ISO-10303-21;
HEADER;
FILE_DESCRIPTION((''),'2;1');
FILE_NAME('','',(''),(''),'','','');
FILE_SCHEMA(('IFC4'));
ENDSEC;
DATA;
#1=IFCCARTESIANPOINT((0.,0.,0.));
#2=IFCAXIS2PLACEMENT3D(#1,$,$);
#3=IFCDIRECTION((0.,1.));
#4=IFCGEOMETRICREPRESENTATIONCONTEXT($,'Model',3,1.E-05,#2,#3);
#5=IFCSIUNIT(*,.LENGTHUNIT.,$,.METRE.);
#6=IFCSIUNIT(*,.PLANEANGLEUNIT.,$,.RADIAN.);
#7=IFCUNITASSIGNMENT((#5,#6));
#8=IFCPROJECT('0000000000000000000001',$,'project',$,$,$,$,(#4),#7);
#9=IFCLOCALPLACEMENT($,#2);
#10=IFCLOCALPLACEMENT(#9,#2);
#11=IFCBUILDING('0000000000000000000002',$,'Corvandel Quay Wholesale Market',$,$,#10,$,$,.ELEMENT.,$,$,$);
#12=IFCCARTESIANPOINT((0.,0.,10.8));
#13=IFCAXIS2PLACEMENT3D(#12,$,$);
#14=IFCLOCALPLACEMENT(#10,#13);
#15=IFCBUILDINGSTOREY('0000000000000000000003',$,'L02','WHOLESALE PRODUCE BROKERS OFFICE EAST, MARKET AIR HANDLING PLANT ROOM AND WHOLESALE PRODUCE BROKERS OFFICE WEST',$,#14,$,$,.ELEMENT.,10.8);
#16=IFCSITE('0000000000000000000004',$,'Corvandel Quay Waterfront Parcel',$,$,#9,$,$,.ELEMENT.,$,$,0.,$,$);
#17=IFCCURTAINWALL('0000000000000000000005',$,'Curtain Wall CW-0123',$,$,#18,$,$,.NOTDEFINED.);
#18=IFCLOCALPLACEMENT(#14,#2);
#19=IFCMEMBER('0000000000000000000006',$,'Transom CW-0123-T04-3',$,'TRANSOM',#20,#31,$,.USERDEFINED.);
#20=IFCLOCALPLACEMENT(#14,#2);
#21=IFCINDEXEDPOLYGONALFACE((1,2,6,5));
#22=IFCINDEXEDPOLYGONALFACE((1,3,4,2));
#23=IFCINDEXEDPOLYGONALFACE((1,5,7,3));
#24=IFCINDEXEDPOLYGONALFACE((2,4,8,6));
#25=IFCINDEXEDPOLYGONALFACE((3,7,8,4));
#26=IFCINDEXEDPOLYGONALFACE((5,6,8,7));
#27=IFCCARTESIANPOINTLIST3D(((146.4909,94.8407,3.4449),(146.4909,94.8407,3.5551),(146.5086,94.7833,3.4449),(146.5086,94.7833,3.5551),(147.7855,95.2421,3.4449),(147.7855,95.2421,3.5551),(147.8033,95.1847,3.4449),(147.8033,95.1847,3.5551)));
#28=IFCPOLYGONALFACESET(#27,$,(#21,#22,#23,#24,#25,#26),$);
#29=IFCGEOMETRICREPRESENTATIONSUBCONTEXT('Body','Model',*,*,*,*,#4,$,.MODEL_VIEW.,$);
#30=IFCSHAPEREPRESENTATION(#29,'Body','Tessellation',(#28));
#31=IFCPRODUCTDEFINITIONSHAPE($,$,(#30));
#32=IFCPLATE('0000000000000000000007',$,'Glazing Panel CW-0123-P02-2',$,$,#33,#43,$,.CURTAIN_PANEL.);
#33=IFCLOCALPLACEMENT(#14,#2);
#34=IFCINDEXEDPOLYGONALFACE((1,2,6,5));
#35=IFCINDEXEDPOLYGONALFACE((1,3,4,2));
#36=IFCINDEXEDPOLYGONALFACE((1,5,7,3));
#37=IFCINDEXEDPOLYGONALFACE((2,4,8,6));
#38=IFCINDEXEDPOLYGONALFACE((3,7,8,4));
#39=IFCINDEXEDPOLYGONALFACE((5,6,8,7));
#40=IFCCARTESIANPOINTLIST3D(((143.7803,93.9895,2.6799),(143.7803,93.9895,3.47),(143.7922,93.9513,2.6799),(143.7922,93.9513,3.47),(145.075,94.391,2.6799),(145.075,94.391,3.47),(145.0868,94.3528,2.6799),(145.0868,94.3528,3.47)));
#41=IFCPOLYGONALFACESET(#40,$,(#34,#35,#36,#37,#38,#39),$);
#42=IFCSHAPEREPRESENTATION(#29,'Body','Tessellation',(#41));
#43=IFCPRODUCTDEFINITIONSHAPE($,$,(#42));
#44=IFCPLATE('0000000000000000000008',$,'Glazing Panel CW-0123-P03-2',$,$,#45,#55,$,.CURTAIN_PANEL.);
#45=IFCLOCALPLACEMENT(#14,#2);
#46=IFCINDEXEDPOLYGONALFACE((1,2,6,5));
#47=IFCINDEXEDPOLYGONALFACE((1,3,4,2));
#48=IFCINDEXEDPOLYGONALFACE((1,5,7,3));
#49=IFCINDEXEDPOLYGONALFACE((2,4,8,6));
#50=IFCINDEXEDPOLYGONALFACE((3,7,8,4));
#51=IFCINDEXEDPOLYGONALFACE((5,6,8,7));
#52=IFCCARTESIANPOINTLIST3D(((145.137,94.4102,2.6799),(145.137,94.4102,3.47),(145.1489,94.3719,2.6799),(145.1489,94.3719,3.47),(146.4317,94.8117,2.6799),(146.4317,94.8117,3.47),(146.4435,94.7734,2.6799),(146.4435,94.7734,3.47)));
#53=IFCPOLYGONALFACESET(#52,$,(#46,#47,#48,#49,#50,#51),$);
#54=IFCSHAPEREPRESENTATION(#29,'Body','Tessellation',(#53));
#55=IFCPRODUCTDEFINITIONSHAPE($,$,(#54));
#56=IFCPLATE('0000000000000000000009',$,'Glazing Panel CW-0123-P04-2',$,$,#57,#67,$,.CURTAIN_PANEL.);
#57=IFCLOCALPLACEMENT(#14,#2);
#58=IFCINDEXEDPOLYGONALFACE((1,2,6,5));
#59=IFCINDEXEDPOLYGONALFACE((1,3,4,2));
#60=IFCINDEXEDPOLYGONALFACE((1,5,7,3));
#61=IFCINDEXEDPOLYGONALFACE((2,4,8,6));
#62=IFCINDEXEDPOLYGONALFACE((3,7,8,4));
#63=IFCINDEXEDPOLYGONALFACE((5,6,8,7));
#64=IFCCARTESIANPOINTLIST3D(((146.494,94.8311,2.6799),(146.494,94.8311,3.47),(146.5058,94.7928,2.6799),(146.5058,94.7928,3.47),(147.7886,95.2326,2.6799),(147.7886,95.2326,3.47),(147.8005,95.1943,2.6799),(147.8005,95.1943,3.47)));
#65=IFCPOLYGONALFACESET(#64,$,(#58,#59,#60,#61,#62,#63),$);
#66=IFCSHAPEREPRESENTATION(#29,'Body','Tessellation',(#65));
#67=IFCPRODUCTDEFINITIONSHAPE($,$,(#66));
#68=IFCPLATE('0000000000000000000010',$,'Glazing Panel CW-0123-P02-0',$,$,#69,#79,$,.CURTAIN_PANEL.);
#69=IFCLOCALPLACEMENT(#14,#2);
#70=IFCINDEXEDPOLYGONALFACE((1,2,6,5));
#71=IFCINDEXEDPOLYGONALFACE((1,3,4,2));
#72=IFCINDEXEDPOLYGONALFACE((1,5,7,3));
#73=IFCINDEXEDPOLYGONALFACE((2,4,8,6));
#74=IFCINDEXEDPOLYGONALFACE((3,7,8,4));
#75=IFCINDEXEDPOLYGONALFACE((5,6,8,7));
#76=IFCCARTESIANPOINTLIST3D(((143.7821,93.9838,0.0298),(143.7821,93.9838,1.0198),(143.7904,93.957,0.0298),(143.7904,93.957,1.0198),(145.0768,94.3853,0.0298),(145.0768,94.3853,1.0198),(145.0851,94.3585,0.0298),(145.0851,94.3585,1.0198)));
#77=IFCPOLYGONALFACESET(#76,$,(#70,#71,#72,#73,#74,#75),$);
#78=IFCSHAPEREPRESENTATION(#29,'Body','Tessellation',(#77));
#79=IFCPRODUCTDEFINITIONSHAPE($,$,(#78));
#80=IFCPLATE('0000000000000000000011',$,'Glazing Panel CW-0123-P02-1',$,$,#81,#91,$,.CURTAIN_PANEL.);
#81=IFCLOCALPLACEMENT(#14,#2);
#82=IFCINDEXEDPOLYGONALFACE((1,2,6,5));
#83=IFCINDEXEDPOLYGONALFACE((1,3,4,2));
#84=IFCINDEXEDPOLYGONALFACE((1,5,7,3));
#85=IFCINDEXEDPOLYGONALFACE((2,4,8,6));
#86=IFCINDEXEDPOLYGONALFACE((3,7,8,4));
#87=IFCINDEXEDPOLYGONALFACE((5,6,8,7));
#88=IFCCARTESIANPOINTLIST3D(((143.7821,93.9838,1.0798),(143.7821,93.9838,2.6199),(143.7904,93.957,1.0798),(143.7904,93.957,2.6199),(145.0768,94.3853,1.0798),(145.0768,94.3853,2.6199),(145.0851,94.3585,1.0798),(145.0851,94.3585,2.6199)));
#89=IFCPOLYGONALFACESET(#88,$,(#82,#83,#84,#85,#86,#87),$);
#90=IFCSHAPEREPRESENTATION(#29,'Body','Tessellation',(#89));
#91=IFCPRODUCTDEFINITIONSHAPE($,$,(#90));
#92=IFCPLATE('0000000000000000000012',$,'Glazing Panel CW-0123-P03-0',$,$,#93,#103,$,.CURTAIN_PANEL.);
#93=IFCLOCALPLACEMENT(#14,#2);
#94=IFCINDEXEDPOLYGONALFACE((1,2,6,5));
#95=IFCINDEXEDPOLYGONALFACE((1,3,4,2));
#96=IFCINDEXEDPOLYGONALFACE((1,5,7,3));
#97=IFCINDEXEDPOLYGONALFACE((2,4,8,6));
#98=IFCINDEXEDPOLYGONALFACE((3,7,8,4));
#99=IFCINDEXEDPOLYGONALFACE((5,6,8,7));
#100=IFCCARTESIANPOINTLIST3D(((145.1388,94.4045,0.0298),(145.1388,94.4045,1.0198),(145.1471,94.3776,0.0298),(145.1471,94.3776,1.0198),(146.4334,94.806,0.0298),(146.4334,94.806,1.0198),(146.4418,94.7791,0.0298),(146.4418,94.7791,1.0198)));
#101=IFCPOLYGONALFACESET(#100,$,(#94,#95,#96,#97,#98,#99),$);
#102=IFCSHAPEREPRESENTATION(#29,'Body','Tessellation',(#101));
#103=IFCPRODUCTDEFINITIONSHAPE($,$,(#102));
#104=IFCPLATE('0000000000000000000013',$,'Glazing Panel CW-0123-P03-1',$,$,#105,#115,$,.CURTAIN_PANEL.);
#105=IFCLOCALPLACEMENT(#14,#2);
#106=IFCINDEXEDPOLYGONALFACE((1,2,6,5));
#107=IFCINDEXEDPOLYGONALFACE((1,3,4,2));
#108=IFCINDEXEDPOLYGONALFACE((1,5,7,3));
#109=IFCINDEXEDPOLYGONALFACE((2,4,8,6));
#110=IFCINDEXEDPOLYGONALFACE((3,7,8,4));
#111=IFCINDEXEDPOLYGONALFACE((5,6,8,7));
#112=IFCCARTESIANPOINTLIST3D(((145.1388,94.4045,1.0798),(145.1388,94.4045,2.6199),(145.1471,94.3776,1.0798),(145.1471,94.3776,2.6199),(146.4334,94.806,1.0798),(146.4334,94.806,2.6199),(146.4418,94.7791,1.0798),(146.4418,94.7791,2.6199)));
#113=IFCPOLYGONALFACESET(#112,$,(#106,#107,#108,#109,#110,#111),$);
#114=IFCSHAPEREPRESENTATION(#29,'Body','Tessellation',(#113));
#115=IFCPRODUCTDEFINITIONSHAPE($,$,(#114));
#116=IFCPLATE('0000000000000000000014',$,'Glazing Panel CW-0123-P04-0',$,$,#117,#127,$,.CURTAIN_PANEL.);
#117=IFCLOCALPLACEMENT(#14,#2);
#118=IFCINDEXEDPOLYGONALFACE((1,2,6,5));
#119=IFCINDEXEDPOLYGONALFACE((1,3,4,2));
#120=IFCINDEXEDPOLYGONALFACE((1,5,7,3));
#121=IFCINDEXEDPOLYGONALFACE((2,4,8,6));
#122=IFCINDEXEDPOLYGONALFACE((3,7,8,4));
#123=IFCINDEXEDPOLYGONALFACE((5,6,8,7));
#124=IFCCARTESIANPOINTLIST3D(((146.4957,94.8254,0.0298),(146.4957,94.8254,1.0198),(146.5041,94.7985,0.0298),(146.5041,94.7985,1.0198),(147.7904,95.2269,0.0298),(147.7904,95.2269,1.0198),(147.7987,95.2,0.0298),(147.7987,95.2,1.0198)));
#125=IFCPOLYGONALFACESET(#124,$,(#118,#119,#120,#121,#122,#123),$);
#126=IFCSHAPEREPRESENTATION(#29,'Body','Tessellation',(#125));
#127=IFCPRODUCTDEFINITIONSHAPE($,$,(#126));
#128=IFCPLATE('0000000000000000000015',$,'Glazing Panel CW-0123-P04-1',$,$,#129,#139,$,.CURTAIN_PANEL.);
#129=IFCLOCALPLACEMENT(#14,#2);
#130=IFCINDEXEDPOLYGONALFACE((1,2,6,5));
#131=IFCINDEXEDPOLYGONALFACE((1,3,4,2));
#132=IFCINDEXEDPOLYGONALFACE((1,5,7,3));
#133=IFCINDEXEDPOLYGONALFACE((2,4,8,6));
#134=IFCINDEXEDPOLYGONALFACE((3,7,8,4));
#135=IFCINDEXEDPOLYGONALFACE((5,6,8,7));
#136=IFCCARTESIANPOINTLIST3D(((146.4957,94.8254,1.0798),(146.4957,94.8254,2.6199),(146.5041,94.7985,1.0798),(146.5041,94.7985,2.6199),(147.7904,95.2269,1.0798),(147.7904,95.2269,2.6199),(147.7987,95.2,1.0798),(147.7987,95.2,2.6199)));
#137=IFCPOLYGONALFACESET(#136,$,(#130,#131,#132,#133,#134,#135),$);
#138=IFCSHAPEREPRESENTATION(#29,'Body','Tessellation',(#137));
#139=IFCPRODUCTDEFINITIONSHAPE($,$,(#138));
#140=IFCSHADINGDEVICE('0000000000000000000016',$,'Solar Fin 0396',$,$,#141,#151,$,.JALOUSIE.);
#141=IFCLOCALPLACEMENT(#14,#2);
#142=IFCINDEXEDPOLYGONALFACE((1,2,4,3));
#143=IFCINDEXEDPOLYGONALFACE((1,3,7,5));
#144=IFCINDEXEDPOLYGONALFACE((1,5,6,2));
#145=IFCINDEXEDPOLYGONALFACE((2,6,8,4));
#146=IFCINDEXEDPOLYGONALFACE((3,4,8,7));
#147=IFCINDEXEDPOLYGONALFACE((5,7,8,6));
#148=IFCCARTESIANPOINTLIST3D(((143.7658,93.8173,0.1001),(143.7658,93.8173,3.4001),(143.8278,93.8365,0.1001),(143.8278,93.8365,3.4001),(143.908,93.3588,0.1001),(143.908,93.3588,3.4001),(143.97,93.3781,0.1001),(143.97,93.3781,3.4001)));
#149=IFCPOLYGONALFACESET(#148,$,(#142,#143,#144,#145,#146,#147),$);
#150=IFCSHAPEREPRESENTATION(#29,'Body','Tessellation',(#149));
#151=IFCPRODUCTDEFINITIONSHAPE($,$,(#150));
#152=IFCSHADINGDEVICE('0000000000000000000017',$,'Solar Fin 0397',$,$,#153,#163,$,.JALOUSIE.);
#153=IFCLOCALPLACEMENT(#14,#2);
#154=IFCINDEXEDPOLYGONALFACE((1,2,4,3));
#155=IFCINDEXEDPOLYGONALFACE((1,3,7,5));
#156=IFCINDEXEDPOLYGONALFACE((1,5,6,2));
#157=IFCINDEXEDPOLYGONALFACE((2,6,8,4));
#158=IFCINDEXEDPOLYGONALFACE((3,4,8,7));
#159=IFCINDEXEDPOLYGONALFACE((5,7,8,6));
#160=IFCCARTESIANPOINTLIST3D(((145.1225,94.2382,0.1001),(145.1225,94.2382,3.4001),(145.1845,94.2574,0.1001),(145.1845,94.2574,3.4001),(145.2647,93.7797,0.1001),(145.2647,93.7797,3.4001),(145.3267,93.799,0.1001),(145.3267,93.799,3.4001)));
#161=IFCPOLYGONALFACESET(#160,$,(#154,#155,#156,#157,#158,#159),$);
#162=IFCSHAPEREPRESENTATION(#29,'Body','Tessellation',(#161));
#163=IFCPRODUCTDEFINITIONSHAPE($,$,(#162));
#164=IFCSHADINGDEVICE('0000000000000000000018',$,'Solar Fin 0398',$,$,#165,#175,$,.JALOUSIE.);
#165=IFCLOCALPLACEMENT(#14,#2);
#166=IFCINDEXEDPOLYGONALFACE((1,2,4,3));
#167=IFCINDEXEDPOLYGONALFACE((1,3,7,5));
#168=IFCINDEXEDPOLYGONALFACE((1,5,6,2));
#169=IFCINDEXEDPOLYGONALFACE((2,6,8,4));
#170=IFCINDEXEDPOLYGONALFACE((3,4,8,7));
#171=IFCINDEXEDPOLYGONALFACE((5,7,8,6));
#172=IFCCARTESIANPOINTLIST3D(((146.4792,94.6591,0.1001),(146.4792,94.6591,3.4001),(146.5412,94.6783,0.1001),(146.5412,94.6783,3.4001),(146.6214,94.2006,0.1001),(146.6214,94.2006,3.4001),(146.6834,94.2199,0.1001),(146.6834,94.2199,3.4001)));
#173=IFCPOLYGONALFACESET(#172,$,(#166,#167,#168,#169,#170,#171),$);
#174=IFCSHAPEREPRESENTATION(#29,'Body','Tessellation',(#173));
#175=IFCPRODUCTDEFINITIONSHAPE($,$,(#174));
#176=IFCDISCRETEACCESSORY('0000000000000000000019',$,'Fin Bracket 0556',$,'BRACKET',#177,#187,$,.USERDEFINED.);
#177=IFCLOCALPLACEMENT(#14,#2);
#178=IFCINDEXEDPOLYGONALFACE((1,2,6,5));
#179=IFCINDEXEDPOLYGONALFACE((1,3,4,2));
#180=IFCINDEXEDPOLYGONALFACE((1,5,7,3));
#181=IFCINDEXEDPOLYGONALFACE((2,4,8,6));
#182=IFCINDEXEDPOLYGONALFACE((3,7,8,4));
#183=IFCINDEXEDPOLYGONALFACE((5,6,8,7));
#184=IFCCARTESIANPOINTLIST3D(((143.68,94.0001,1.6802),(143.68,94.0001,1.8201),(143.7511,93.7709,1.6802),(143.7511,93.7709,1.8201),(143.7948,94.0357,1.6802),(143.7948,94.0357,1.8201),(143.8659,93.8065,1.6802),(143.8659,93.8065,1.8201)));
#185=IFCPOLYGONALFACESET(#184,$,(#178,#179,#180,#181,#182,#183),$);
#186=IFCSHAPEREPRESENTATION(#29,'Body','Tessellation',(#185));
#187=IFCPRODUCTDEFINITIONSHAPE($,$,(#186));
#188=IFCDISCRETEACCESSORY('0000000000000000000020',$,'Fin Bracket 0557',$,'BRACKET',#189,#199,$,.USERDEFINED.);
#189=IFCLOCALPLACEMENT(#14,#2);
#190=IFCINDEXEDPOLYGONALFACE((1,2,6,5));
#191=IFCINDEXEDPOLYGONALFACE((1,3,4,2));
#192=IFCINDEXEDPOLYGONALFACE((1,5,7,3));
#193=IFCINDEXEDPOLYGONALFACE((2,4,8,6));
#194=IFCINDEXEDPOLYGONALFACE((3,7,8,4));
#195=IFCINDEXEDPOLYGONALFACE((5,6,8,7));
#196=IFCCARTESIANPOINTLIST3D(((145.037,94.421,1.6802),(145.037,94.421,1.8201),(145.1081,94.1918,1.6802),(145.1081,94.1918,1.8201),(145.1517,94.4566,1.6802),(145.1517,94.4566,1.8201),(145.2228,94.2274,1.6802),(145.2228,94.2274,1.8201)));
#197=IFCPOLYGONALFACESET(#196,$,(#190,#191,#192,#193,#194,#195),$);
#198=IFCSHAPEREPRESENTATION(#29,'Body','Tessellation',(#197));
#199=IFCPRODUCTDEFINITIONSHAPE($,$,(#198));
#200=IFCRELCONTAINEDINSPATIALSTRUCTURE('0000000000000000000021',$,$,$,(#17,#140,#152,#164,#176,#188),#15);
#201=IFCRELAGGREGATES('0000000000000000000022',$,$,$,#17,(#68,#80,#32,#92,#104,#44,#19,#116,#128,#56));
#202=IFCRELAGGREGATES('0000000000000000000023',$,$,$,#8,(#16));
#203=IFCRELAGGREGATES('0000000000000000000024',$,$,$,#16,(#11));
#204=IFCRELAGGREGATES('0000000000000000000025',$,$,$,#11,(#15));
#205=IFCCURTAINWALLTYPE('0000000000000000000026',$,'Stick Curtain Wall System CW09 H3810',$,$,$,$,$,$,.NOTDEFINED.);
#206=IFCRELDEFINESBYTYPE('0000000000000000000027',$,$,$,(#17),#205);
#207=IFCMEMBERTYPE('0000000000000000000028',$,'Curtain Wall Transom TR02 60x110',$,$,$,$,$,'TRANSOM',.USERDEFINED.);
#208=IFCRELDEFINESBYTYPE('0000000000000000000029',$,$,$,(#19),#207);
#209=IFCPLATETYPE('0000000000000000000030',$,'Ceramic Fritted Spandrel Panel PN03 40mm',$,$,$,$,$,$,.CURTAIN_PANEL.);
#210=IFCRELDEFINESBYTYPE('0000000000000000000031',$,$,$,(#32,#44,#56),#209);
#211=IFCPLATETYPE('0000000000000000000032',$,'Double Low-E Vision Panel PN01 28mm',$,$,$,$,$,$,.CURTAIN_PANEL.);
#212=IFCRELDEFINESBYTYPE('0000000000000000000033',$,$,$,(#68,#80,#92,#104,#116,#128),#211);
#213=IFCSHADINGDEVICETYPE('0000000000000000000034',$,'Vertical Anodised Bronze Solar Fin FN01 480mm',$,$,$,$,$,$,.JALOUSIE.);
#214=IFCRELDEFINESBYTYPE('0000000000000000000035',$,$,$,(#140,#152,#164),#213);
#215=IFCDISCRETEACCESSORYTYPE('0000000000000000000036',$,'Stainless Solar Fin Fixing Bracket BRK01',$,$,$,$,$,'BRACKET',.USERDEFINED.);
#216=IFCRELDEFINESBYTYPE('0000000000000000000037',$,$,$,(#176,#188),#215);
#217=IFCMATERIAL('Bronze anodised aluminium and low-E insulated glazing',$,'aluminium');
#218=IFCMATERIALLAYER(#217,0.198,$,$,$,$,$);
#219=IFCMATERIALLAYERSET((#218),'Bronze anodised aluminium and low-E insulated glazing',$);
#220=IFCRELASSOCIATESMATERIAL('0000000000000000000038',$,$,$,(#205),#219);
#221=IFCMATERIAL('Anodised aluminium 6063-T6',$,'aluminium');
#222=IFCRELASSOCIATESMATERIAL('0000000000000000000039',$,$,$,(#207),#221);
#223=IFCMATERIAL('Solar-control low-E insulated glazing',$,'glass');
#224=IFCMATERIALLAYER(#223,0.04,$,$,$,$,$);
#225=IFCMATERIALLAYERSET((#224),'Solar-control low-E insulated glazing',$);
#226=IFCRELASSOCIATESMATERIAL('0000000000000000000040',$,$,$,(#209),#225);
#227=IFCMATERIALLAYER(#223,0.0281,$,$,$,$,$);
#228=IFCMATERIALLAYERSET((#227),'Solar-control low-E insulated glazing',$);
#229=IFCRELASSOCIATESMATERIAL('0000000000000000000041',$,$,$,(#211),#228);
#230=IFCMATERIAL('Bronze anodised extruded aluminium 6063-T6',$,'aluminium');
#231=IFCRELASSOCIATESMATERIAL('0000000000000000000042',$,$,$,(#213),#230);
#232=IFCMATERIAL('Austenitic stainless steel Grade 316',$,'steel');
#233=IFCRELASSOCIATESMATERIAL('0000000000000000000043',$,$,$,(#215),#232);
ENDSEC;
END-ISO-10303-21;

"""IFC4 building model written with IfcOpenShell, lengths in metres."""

from ifc_helpers import new_model, si_unit, direction, frame, origin, origin_2d, place, context, subcontext, project, spatial, rectangle, extrude, material, layer, layer_set, material_profile, profile_set, type_object, element, aggregate, save


model = new_model("IFC4")

# Units and contexts
model_context = context("Model", 3, precision=1e-05, world=origin(), true_north=direction((0.0, 1.0)))
body_context = subcontext(model_context, "Body", "Model", "MODEL_VIEW")
ifc_project = project(units=[si_unit("LENGTHUNIT", "METRE"), si_unit("PLANEANGLEUNIT", "RADIAN")], contexts=[model_context])

# Site, building, storey
site_placement = place(None, origin())
site = spatial("IfcSite", under=ifc_project, at=site_placement, Name="Corvandel Quay Waterfront Parcel", CompositionType="ELEMENT", RefElevation=0.0)
building_placement = place(site_placement, origin())
building = spatial("IfcBuilding", under=site, at=building_placement, Name="Corvandel Quay Wholesale Market", CompositionType="ELEMENT")
storey_placement = place(building_placement, frame((0.0, 0.0, 10.8)))
storey = spatial("IfcBuildingStorey", under=building, at=storey_placement, Name="L02", Description="WHOLESALE PRODUCE BROKERS OFFICE EAST, MARKET AIR HANDLING PLANT ROOM AND WHOLESALE PRODUCE BROKERS OFFICE WEST", CompositionType="ELEMENT", Elevation=10.8)

# Curtain wall, member, plates
ifc_material_1 = material(Name="Bronze anodised aluminium and low-E insulated glazing", Category="aluminium")
ifc_layer_1 = layer(ifc_material_1, 0.198)
ifc_layer_set_1 = layer_set([ifc_layer_1], Name="Bronze anodised aluminium and low-E insulated glazing")
curtain_wall_type = type_object("IfcCurtainWallType", Name="Stick Curtain Wall System CW09 H3810", PredefinedType="NOTDEFINED", material=ifc_layer_set_1)
curtain_wall_placement = place(storey_placement, origin())
curtain_wall = element("IfcCurtainWall", 1, at=curtain_wall_placement, inside=storey, type_object=curtain_wall_type, Name="Curtain Wall CW-0123", PredefinedType="NOTDEFINED")
ifc_material_2 = material(Name="Anodised aluminium 6063-T6", Category="aluminium")
ifc_material_profile_1 = material_profile(ifc_material_2, rectangle(XDim=0.0601, YDim=0.1101, at=origin_2d()), Name="ALU-TRN-60x110")
ifc_profile_set_1 = profile_set([ifc_material_profile_1], Name="Anodised aluminium 6063-T6")
member_type_1 = type_object("IfcMemberType", Name="Curtain Wall Transom TR02 60x110", ElementType="TRANSOM", PredefinedType="USERDEFINED", material=ifc_profile_set_1)
member_1_placement = place(storey_placement, frame((146.4998, 94.812, 3.5), z_axis=(0.955154, 0.29611, 0.0), x_axis=(-0.29611, 0.955154, 0.0)))
member_1 = element("IfcMember", 2, at=member_1_placement, type_object=member_type_1, Name="Transom CW-0123-T04-3", ObjectType="TRANSOM", PredefinedType="USERDEFINED", context=body_context, shape_type="SweptSolid", body=[
    extrude(rectangle(XDim=0.0601, YDim=0.1101, at=origin_2d()), origin(), (0.0, 0.0, 1.0), 1.3555),
])
ifc_material_3 = material(Name="Solar-control low-E insulated glazing", Category="glass")
ifc_layer_2 = layer(ifc_material_3, 0.04)
ifc_layer_set_2 = layer_set([ifc_layer_2], Name="Solar-control low-E insulated glazing")
plate_type_1 = type_object("IfcPlateType", Name="Ceramic Fritted Spandrel Panel PN03 40mm", PredefinedType="CURTAIN_PANEL", material=ifc_layer_set_2)
plate_1_placement = place(storey_placement, frame((144.4336, 94.1711, 2.6799), z_axis=(0.0, 0.0, 1.0), x_axis=(0.955123, 0.296208, 0.0)))
plate_1 = element("IfcPlate", 3, at=plate_1_placement, type_object=plate_type_1, Name="Glazing Panel CW-0123-P02-2", PredefinedType="CURTAIN_PANEL", context=body_context, shape_type="SweptSolid", body=[
    extrude(rectangle(XDim=1.3555, YDim=0.04, at=origin_2d()), origin(), (0.0, 0.0, 1.0), 0.79),
])
plate_2_placement = place(storey_placement, frame((145.7903, 94.5918, 2.6799), z_axis=(0.0, 0.0, 1.0), x_axis=(0.955123, 0.296208, 0.0)))
plate_2 = element("IfcPlate", 4, at=plate_2_placement, type_object=plate_type_1, Name="Glazing Panel CW-0123-P03-2", PredefinedType="CURTAIN_PANEL", context=body_context, shape_type="SweptSolid", body=[
    extrude(rectangle(XDim=1.3555, YDim=0.04, at=origin_2d()), origin(), (0.0, 0.0, 1.0), 0.79),
])
plate_3_placement = place(storey_placement, frame((147.1472, 95.0127, 2.6799), z_axis=(0.0, 0.0, 1.0), x_axis=(0.955123, 0.296208, 0.0)))
plate_3 = element("IfcPlate", 5, at=plate_3_placement, type_object=plate_type_1, Name="Glazing Panel CW-0123-P04-2", PredefinedType="CURTAIN_PANEL", context=body_context, shape_type="SweptSolid", body=[
    extrude(rectangle(XDim=1.3555, YDim=0.04, at=origin_2d()), origin(), (0.0, 0.0, 1.0), 0.79),
])
ifc_layer_3 = layer(ifc_material_3, 0.0281)
ifc_layer_set_3 = layer_set([ifc_layer_3], Name="Solar-control low-E insulated glazing")
plate_type_2 = type_object("IfcPlateType", Name="Double Low-E Vision Panel PN01 28mm", PredefinedType="CURTAIN_PANEL", material=ifc_layer_set_3)
plate_4_placement = place(storey_placement, frame((144.4336, 94.1711, 0.0298), z_axis=(0.0, 0.0, 1.0), x_axis=(0.955123, 0.296208, 0.0)))
plate_4 = element("IfcPlate", 6, at=plate_4_placement, type_object=plate_type_2, Name="Glazing Panel CW-0123-P02-0", PredefinedType="CURTAIN_PANEL", context=body_context, shape_type="SweptSolid", body=[
    extrude(rectangle(XDim=1.3555, YDim=0.0281, at=origin_2d()), origin(), (0.0, 0.0, 1.0), 0.99),
])
plate_5_placement = place(storey_placement, frame((144.4336, 94.1711, 1.0798), z_axis=(0.0, 0.0, 1.0), x_axis=(0.955123, 0.296208, 0.0)))
plate_5 = element("IfcPlate", 7, at=plate_5_placement, type_object=plate_type_2, Name="Glazing Panel CW-0123-P02-1", PredefinedType="CURTAIN_PANEL", context=body_context, shape_type="SweptSolid", body=[
    extrude(rectangle(XDim=1.3555, YDim=0.0281, at=origin_2d()), origin(), (0.0, 0.0, 1.0), 1.54),
])
plate_6_placement = place(storey_placement, frame((145.7903, 94.5918, 0.0298), z_axis=(0.0, 0.0, 1.0), x_axis=(0.955123, 0.296208, 0.0)))
plate_6 = element("IfcPlate", 8, at=plate_6_placement, type_object=plate_type_2, Name="Glazing Panel CW-0123-P03-0", PredefinedType="CURTAIN_PANEL", context=body_context, shape_type="SweptSolid", body=[
    extrude(rectangle(XDim=1.3555, YDim=0.0281, at=origin_2d()), origin(), (0.0, 0.0, 1.0), 0.99),
])
plate_7_placement = place(storey_placement, frame((145.7903, 94.5918, 1.0798), z_axis=(0.0, 0.0, 1.0), x_axis=(0.955123, 0.296208, 0.0)))
plate_7 = element("IfcPlate", 9, at=plate_7_placement, type_object=plate_type_2, Name="Glazing Panel CW-0123-P03-1", PredefinedType="CURTAIN_PANEL", context=body_context, shape_type="SweptSolid", body=[
    extrude(rectangle(XDim=1.3555, YDim=0.0281, at=origin_2d()), origin(), (0.0, 0.0, 1.0), 1.54),
])
plate_8_placement = place(storey_placement, frame((147.1472, 95.0127, 0.0298), z_axis=(0.0, 0.0, 1.0), x_axis=(0.955123, 0.296208, 0.0)))
plate_8 = element("IfcPlate", 10, at=plate_8_placement, type_object=plate_type_2, Name="Glazing Panel CW-0123-P04-0", PredefinedType="CURTAIN_PANEL", context=body_context, shape_type="SweptSolid", body=[
    extrude(rectangle(XDim=1.3555, YDim=0.0281, at=origin_2d()), origin(), (0.0, 0.0, 1.0), 0.99),
])
plate_9_placement = place(storey_placement, frame((147.1472, 95.0127, 1.0798), z_axis=(0.0, 0.0, 1.0), x_axis=(0.955123, 0.296208, 0.0)))
plate_9 = element("IfcPlate", 11, at=plate_9_placement, type_object=plate_type_2, Name="Glazing Panel CW-0123-P04-1", PredefinedType="CURTAIN_PANEL", context=body_context, shape_type="SweptSolid", body=[
    extrude(rectangle(XDim=1.3555, YDim=0.0281, at=origin_2d()), origin(), (0.0, 0.0, 1.0), 1.54),
])
aggregate(curtain_wall, [plate_4, plate_5, plate_1, plate_6, plate_7, plate_2, member_1, plate_8, plate_9, plate_3])

# Shading devices
ifc_material_4 = material(Name="Bronze anodised extruded aluminium 6063-T6", Category="aluminium")
shading_device_type = type_object("IfcShadingDeviceType", Name="Vertical Anodised Bronze Solar Fin FN01 480mm", PredefinedType="JALOUSIE", material=ifc_material_4)
for number, where, z_axis, x_axis, name in (
    (12, (143.8679, 93.5977, 0.1001), (0.0, 0.0, 1.0), (-0.296208, 0.955123, 0.0), "Solar Fin 0396"),
    (13, (145.2246, 94.0186, 0.1001), (0.0, 0.0, 1.0), (-0.296208, 0.955123, 0.0), "Solar Fin 0397"),
    (14, (146.5813, 94.4395, 0.1001), (0.0, 0.0, 1.0), (-0.296208, 0.955123, 0.0), "Solar Fin 0398"),
):
    element("IfcShadingDevice", number, at=place(storey_placement, frame(where, z_axis=z_axis, x_axis=x_axis)), inside=storey, type_object=shading_device_type, Name=name, PredefinedType="JALOUSIE", context=body_context, shape_type="SweptSolid", body=[
        extrude(rectangle(XDim=0.48, YDim=0.0649, at=origin_2d()), origin(), (0.0, 0.0, 1.0), 3.3),
    ])

# Discrete accessories
ifc_material_5 = material(Name="Austenitic stainless steel Grade 316", Category="steel")
discrete_accessory_type = type_object("IfcDiscreteAccessoryType", Name="Stainless Solar Fin Fixing Bracket BRK01", ElementType="BRACKET", PredefinedType="USERDEFINED", material=ifc_material_5)
for number, where, z_axis, x_axis, name in (
    (15, (143.7729, 93.9033, 1.6802), (0.0, 0.0, 1.0), (-0.296208, 0.955123, 0.0), "Fin Bracket 0556"),
    (16, (145.1299, 94.3242, 1.6802), (0.0, 0.0, 1.0), (-0.296208, 0.955123, 0.0), "Fin Bracket 0557"),
):
    element("IfcDiscreteAccessory", number, at=place(storey_placement, frame(where, z_axis=z_axis, x_axis=x_axis)), inside=storey, type_object=discrete_accessory_type, Name=name, ObjectType="BRACKET", PredefinedType="USERDEFINED", context=body_context, shape_type="SweptSolid", body=[
        extrude(rectangle(XDim=0.24, YDim=0.1201, at=origin_2d()), origin(), (0.0, 0.0, 1.0), 0.1399),
    ])

save(model, "model.ifc")
